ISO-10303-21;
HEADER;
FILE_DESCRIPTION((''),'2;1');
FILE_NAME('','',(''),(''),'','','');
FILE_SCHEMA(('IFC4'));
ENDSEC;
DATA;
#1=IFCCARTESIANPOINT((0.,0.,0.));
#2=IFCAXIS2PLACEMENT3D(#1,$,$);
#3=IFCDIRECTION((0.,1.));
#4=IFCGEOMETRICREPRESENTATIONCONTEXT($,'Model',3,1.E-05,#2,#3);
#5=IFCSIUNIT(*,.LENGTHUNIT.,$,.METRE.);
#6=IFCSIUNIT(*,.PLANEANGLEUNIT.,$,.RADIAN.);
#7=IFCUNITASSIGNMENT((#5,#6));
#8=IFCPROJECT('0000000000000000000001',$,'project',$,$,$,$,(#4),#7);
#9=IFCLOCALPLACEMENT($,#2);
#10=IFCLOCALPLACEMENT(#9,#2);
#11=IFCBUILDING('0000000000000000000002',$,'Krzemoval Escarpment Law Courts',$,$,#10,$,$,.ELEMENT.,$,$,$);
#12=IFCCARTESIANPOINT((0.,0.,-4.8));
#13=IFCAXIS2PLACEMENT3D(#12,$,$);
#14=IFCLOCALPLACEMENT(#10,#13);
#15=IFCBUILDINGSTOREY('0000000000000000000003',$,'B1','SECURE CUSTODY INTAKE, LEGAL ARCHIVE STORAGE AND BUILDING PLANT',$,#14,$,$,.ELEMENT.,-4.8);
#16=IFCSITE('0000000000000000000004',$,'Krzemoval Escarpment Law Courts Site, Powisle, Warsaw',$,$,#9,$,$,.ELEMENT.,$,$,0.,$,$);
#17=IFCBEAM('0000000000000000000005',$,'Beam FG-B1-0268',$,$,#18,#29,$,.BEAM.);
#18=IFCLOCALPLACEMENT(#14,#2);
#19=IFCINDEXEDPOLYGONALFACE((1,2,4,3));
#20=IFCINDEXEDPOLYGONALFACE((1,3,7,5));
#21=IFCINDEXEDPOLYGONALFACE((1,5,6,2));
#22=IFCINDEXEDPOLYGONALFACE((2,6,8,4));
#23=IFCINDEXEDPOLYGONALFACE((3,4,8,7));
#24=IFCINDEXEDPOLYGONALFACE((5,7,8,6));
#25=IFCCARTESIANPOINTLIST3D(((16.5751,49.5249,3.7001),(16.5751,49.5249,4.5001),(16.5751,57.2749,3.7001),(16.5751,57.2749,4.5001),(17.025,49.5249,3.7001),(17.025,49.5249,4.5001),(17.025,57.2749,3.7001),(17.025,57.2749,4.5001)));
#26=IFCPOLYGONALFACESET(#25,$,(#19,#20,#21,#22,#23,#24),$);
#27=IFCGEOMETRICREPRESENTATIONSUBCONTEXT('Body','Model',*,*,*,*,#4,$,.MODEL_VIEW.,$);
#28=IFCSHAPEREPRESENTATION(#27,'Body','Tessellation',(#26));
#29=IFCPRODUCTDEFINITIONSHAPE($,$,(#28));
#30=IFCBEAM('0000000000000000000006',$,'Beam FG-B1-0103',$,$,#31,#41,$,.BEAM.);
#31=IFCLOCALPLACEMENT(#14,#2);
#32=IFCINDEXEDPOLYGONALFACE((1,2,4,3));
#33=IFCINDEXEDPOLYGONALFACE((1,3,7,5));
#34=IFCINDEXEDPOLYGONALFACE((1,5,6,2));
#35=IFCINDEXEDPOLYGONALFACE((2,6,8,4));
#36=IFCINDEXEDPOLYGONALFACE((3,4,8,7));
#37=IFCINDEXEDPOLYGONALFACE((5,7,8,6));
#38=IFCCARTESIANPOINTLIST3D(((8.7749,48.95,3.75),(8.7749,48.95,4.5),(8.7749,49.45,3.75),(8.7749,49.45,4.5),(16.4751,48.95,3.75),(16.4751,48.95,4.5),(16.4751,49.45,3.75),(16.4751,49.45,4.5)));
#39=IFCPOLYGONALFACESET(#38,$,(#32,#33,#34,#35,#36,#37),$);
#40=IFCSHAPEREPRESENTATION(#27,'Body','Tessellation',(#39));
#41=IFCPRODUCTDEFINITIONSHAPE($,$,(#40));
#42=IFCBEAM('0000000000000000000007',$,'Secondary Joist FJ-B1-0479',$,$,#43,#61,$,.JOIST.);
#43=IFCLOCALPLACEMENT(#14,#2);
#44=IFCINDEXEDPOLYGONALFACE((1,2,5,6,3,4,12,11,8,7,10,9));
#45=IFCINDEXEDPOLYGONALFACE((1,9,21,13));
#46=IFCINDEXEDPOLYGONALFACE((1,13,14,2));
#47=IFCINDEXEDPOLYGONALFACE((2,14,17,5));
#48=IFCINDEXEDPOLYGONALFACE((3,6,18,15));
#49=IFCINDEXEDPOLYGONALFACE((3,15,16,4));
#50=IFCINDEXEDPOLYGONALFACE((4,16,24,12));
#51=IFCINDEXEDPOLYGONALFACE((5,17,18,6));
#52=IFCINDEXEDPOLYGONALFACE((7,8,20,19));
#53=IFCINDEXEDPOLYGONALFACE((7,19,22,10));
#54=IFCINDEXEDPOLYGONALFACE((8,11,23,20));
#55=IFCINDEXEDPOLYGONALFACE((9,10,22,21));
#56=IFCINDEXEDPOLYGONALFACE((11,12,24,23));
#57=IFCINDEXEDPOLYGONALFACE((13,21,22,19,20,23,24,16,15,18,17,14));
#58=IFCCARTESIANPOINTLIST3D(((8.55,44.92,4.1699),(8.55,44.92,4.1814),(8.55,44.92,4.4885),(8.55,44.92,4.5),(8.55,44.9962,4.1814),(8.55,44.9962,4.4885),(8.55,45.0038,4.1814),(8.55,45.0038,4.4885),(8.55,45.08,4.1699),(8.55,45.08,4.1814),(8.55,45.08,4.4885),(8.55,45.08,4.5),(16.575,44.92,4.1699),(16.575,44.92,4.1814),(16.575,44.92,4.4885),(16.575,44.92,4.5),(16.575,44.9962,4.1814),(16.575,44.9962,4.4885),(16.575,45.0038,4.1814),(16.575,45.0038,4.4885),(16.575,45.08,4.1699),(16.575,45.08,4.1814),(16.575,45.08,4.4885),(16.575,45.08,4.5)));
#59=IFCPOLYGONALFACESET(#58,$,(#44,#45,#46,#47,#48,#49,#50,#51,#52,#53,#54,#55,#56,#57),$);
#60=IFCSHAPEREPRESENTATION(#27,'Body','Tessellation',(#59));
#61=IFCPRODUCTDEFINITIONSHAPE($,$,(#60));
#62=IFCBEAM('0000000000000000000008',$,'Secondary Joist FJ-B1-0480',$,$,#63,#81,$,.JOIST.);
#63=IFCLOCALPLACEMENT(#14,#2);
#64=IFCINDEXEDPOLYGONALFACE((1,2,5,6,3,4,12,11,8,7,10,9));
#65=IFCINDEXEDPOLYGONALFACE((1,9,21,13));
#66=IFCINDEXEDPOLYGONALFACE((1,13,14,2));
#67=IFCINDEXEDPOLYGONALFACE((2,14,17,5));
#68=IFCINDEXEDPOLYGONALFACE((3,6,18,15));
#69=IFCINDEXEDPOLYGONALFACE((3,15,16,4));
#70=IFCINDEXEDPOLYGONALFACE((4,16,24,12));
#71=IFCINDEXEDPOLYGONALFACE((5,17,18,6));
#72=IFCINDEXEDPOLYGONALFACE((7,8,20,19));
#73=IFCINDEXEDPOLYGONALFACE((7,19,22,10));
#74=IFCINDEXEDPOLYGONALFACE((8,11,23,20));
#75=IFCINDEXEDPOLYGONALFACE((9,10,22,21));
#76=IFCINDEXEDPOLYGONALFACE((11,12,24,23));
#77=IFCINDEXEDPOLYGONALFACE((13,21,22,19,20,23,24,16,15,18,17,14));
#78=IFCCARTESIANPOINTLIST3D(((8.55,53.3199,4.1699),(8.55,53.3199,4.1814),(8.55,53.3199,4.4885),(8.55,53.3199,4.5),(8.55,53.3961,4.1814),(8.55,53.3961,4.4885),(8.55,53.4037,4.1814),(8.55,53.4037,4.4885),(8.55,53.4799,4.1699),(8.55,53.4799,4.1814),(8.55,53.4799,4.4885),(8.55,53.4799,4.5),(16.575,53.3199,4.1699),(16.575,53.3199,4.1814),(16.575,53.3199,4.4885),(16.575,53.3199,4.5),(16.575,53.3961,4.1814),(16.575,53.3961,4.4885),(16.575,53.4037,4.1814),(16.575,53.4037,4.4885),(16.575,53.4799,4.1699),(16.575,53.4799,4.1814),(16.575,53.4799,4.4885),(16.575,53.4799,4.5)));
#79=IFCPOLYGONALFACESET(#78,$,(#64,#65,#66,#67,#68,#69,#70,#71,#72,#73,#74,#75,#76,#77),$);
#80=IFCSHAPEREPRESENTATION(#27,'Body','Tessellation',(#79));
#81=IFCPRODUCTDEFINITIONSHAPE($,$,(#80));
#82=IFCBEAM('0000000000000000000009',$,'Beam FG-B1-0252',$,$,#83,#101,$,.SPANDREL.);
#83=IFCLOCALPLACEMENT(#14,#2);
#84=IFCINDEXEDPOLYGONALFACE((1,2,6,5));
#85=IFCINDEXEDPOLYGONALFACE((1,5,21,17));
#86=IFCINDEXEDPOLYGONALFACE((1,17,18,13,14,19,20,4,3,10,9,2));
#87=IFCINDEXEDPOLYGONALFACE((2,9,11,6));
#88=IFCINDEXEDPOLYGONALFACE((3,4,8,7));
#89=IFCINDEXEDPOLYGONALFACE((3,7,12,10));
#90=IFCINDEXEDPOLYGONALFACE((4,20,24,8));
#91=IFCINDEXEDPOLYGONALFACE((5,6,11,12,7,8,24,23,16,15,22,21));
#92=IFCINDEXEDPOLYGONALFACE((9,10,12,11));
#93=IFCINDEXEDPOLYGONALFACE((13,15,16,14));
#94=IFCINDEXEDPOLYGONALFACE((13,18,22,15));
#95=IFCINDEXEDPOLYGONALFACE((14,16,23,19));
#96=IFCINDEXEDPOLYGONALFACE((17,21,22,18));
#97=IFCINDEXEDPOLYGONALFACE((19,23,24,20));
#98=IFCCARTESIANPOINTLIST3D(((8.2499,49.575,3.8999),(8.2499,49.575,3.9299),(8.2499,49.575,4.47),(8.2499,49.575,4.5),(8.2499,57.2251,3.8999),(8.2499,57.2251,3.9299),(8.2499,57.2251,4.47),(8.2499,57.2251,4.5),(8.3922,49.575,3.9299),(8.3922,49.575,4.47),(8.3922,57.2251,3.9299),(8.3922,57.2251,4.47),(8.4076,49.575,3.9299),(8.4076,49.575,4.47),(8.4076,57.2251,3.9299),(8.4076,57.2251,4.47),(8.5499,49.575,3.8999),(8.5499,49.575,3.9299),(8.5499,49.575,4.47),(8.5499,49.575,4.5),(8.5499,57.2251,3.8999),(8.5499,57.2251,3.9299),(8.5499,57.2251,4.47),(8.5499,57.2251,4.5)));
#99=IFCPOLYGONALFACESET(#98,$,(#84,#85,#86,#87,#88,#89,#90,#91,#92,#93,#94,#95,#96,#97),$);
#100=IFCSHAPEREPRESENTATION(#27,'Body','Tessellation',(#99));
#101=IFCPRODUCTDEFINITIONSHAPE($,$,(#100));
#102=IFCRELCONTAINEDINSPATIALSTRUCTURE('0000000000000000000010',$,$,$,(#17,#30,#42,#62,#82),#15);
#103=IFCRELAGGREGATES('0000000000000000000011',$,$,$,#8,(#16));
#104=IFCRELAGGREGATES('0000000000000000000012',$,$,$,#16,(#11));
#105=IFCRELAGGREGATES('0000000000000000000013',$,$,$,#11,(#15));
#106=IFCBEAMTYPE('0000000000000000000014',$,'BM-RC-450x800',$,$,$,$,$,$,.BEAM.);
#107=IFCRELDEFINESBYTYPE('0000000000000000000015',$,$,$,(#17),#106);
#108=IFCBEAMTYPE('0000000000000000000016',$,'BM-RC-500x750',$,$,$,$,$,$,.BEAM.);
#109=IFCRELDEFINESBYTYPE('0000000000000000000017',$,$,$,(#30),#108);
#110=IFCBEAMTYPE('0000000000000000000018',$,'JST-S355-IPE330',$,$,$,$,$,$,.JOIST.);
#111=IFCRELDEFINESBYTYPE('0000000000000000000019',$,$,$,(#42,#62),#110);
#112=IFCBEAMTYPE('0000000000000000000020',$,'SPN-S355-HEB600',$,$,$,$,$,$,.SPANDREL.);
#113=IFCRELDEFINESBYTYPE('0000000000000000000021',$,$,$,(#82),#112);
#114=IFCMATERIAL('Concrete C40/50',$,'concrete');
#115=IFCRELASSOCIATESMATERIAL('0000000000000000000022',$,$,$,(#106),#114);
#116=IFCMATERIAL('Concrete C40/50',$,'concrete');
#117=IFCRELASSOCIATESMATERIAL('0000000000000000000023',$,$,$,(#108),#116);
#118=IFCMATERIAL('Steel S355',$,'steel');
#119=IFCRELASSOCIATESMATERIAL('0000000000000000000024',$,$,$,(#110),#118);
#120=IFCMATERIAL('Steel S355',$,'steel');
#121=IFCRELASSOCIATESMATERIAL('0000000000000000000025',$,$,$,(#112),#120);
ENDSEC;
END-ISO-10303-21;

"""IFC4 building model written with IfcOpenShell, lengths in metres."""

from ifc_helpers import new_model, si_unit, direction, frame, origin, origin_2d, place, context, subcontext, project, spatial, rectangle, i_section, extrude, material, material_profile, profile_set, type_object, element, save


model = new_model("IFC4")

# Units and contexts
model_context = context("Model", 3, precision=1e-05, world=origin(), true_north=direction((0.0, 1.0)))
body_context = subcontext(model_context, "Body", "Model", "MODEL_VIEW")
ifc_project = project(units=[si_unit("LENGTHUNIT", "METRE"), si_unit("PLANEANGLEUNIT", "RADIAN")], contexts=[model_context])

# Site, building, storey
site_placement = place(None, origin())
site = spatial("IfcSite", under=ifc_project, at=site_placement, Name="Krzemoval Escarpment Law Courts Site, Powisle, Warsaw", CompositionType="ELEMENT", RefElevation=0.0)
building_placement = place(site_placement, origin())
building = spatial("IfcBuilding", under=site, at=building_placement, Name="Krzemoval Escarpment Law Courts", CompositionType="ELEMENT")
storey_placement = place(building_placement, frame((0.0, 0.0, -4.8)))
storey = spatial("IfcBuildingStorey", under=building, at=storey_placement, Name="B1", Description="SECURE CUSTODY INTAKE, LEGAL ARCHIVE STORAGE AND BUILDING PLANT", CompositionType="ELEMENT", Elevation=-4.8)

# Beams
ifc_material_1 = material(Name="Concrete C40/50", Category="concrete")
ifc_material_profile_1 = material_profile(ifc_material_1, rectangle(XDim=0.45, YDim=0.8, at=origin_2d()), Name="RCB 450x800")
ifc_profile_set_1 = profile_set([ifc_material_profile_1], Name="Concrete C40/50")
beam_type_1 = type_object("IfcBeamType", Name="BM-RC-450x800", PredefinedType="BEAM", material=ifc_profile_set_1)
beam_1_placement = place(storey_placement, frame((16.8, 49.5249, 4.1001), z_axis=(0.0, 1.0, 0.0), x_axis=(-1.0, 0.0, 0.0)))
element("IfcBeam", 1, at=beam_1_placement, inside=storey, type_object=beam_type_1, Name="Beam FG-B1-0268", PredefinedType="BEAM", context=body_context, shape_type="SweptSolid", body=[
    extrude(rectangle(XDim=0.45, YDim=0.8, at=origin_2d()), origin(), (0.0, 0.0, 1.0), 7.75),
])
ifc_material_2 = material(Name="Concrete C40/50", Category="concrete")
ifc_material_profile_2 = material_profile(ifc_material_2, rectangle(XDim=0.5, YDim=0.75, at=origin_2d()), Name="RCB 500x750")
ifc_profile_set_2 = profile_set([ifc_material_profile_2], Name="Concrete C40/50")
beam_type_2 = type_object("IfcBeamType", Name="BM-RC-500x750", PredefinedType="BEAM", material=ifc_profile_set_2)
beam_2_placement = place(storey_placement, frame((8.7749, 49.2, 4.125), z_axis=(1.0, 0.0, 0.0), x_axis=(0.0, 1.0, 0.0)))
element("IfcBeam", 2, at=beam_2_placement, inside=storey, type_object=beam_type_2, Name="Beam FG-B1-0103", PredefinedType="BEAM", context=body_context, shape_type="SweptSolid", body=[
    extrude(rectangle(XDim=0.5, YDim=0.75, at=origin_2d()), origin(), (0.0, 0.0, 1.0), 7.7002),
])
ifc_material_3 = material(Name="Steel S355", Category="steel")
ifc_material_profile_3 = material_profile(ifc_material_3, i_section(OverallWidth=0.1599, OverallDepth=0.3301, WebThickness=0.0076, FlangeThickness=0.0115, at=origin_2d()), Name="IPE 330")
ifc_profile_set_3 = profile_set([ifc_material_profile_3], Name="Steel S355")
beam_type_3 = type_object("IfcBeamType", Name="JST-S355-IPE330", PredefinedType="JOIST", material=ifc_profile_set_3)
for number, where, z_axis, x_axis, name in (
    (3, (8.55, 45.0, 4.335), (1.0, 0.0, 0.0), (0.0, 1.0, 0.0), "Secondary Joist FJ-B1-0479"),
    (4, (8.55, 53.3999, 4.335), (1.0, 0.0, 0.0), (0.0, 1.0, 0.0), "Secondary Joist FJ-B1-0480"),
):
    element("IfcBeam", number, at=place(storey_placement, frame(where, z_axis=z_axis, x_axis=x_axis)), inside=storey, type_object=beam_type_3, Name=name, PredefinedType="JOIST", context=body_context, shape_type="SweptSolid", body=[
        extrude(i_section(OverallWidth=0.1599, OverallDepth=0.3301, WebThickness=0.0076, FlangeThickness=0.0115, at=origin_2d()), origin(), (0.0, 0.0, 1.0), 8.0249),
    ])
ifc_material_4 = material(Name="Steel S355", Category="steel")
ifc_material_profile_4 = material_profile(ifc_material_4, i_section(OverallWidth=0.3, OverallDepth=0.6001, WebThickness=0.0154, FlangeThickness=0.03, at=origin_2d()), Name="HEB 600")
ifc_profile_set_4 = profile_set([ifc_material_profile_4], Name="Steel S355")
beam_type_4 = type_object("IfcBeamType", Name="SPN-S355-HEB600", PredefinedType="SPANDREL", material=ifc_profile_set_4)
beam_3_placement = place(storey_placement, frame((8.3999, 49.575, 4.2), z_axis=(0.0, 1.0, 0.0), x_axis=(-1.0, 0.0, 0.0)))
element("IfcBeam", 5, at=beam_3_placement, inside=storey, type_object=beam_type_4, Name="Beam FG-B1-0252", PredefinedType="SPANDREL", context=body_context, shape_type="SweptSolid", body=[
    extrude(i_section(OverallWidth=0.3, OverallDepth=0.6001, WebThickness=0.0154, FlangeThickness=0.03, at=origin_2d()), origin(), (0.0, 0.0, 1.0), 7.6501),
])

save(model, "model.ifc")
